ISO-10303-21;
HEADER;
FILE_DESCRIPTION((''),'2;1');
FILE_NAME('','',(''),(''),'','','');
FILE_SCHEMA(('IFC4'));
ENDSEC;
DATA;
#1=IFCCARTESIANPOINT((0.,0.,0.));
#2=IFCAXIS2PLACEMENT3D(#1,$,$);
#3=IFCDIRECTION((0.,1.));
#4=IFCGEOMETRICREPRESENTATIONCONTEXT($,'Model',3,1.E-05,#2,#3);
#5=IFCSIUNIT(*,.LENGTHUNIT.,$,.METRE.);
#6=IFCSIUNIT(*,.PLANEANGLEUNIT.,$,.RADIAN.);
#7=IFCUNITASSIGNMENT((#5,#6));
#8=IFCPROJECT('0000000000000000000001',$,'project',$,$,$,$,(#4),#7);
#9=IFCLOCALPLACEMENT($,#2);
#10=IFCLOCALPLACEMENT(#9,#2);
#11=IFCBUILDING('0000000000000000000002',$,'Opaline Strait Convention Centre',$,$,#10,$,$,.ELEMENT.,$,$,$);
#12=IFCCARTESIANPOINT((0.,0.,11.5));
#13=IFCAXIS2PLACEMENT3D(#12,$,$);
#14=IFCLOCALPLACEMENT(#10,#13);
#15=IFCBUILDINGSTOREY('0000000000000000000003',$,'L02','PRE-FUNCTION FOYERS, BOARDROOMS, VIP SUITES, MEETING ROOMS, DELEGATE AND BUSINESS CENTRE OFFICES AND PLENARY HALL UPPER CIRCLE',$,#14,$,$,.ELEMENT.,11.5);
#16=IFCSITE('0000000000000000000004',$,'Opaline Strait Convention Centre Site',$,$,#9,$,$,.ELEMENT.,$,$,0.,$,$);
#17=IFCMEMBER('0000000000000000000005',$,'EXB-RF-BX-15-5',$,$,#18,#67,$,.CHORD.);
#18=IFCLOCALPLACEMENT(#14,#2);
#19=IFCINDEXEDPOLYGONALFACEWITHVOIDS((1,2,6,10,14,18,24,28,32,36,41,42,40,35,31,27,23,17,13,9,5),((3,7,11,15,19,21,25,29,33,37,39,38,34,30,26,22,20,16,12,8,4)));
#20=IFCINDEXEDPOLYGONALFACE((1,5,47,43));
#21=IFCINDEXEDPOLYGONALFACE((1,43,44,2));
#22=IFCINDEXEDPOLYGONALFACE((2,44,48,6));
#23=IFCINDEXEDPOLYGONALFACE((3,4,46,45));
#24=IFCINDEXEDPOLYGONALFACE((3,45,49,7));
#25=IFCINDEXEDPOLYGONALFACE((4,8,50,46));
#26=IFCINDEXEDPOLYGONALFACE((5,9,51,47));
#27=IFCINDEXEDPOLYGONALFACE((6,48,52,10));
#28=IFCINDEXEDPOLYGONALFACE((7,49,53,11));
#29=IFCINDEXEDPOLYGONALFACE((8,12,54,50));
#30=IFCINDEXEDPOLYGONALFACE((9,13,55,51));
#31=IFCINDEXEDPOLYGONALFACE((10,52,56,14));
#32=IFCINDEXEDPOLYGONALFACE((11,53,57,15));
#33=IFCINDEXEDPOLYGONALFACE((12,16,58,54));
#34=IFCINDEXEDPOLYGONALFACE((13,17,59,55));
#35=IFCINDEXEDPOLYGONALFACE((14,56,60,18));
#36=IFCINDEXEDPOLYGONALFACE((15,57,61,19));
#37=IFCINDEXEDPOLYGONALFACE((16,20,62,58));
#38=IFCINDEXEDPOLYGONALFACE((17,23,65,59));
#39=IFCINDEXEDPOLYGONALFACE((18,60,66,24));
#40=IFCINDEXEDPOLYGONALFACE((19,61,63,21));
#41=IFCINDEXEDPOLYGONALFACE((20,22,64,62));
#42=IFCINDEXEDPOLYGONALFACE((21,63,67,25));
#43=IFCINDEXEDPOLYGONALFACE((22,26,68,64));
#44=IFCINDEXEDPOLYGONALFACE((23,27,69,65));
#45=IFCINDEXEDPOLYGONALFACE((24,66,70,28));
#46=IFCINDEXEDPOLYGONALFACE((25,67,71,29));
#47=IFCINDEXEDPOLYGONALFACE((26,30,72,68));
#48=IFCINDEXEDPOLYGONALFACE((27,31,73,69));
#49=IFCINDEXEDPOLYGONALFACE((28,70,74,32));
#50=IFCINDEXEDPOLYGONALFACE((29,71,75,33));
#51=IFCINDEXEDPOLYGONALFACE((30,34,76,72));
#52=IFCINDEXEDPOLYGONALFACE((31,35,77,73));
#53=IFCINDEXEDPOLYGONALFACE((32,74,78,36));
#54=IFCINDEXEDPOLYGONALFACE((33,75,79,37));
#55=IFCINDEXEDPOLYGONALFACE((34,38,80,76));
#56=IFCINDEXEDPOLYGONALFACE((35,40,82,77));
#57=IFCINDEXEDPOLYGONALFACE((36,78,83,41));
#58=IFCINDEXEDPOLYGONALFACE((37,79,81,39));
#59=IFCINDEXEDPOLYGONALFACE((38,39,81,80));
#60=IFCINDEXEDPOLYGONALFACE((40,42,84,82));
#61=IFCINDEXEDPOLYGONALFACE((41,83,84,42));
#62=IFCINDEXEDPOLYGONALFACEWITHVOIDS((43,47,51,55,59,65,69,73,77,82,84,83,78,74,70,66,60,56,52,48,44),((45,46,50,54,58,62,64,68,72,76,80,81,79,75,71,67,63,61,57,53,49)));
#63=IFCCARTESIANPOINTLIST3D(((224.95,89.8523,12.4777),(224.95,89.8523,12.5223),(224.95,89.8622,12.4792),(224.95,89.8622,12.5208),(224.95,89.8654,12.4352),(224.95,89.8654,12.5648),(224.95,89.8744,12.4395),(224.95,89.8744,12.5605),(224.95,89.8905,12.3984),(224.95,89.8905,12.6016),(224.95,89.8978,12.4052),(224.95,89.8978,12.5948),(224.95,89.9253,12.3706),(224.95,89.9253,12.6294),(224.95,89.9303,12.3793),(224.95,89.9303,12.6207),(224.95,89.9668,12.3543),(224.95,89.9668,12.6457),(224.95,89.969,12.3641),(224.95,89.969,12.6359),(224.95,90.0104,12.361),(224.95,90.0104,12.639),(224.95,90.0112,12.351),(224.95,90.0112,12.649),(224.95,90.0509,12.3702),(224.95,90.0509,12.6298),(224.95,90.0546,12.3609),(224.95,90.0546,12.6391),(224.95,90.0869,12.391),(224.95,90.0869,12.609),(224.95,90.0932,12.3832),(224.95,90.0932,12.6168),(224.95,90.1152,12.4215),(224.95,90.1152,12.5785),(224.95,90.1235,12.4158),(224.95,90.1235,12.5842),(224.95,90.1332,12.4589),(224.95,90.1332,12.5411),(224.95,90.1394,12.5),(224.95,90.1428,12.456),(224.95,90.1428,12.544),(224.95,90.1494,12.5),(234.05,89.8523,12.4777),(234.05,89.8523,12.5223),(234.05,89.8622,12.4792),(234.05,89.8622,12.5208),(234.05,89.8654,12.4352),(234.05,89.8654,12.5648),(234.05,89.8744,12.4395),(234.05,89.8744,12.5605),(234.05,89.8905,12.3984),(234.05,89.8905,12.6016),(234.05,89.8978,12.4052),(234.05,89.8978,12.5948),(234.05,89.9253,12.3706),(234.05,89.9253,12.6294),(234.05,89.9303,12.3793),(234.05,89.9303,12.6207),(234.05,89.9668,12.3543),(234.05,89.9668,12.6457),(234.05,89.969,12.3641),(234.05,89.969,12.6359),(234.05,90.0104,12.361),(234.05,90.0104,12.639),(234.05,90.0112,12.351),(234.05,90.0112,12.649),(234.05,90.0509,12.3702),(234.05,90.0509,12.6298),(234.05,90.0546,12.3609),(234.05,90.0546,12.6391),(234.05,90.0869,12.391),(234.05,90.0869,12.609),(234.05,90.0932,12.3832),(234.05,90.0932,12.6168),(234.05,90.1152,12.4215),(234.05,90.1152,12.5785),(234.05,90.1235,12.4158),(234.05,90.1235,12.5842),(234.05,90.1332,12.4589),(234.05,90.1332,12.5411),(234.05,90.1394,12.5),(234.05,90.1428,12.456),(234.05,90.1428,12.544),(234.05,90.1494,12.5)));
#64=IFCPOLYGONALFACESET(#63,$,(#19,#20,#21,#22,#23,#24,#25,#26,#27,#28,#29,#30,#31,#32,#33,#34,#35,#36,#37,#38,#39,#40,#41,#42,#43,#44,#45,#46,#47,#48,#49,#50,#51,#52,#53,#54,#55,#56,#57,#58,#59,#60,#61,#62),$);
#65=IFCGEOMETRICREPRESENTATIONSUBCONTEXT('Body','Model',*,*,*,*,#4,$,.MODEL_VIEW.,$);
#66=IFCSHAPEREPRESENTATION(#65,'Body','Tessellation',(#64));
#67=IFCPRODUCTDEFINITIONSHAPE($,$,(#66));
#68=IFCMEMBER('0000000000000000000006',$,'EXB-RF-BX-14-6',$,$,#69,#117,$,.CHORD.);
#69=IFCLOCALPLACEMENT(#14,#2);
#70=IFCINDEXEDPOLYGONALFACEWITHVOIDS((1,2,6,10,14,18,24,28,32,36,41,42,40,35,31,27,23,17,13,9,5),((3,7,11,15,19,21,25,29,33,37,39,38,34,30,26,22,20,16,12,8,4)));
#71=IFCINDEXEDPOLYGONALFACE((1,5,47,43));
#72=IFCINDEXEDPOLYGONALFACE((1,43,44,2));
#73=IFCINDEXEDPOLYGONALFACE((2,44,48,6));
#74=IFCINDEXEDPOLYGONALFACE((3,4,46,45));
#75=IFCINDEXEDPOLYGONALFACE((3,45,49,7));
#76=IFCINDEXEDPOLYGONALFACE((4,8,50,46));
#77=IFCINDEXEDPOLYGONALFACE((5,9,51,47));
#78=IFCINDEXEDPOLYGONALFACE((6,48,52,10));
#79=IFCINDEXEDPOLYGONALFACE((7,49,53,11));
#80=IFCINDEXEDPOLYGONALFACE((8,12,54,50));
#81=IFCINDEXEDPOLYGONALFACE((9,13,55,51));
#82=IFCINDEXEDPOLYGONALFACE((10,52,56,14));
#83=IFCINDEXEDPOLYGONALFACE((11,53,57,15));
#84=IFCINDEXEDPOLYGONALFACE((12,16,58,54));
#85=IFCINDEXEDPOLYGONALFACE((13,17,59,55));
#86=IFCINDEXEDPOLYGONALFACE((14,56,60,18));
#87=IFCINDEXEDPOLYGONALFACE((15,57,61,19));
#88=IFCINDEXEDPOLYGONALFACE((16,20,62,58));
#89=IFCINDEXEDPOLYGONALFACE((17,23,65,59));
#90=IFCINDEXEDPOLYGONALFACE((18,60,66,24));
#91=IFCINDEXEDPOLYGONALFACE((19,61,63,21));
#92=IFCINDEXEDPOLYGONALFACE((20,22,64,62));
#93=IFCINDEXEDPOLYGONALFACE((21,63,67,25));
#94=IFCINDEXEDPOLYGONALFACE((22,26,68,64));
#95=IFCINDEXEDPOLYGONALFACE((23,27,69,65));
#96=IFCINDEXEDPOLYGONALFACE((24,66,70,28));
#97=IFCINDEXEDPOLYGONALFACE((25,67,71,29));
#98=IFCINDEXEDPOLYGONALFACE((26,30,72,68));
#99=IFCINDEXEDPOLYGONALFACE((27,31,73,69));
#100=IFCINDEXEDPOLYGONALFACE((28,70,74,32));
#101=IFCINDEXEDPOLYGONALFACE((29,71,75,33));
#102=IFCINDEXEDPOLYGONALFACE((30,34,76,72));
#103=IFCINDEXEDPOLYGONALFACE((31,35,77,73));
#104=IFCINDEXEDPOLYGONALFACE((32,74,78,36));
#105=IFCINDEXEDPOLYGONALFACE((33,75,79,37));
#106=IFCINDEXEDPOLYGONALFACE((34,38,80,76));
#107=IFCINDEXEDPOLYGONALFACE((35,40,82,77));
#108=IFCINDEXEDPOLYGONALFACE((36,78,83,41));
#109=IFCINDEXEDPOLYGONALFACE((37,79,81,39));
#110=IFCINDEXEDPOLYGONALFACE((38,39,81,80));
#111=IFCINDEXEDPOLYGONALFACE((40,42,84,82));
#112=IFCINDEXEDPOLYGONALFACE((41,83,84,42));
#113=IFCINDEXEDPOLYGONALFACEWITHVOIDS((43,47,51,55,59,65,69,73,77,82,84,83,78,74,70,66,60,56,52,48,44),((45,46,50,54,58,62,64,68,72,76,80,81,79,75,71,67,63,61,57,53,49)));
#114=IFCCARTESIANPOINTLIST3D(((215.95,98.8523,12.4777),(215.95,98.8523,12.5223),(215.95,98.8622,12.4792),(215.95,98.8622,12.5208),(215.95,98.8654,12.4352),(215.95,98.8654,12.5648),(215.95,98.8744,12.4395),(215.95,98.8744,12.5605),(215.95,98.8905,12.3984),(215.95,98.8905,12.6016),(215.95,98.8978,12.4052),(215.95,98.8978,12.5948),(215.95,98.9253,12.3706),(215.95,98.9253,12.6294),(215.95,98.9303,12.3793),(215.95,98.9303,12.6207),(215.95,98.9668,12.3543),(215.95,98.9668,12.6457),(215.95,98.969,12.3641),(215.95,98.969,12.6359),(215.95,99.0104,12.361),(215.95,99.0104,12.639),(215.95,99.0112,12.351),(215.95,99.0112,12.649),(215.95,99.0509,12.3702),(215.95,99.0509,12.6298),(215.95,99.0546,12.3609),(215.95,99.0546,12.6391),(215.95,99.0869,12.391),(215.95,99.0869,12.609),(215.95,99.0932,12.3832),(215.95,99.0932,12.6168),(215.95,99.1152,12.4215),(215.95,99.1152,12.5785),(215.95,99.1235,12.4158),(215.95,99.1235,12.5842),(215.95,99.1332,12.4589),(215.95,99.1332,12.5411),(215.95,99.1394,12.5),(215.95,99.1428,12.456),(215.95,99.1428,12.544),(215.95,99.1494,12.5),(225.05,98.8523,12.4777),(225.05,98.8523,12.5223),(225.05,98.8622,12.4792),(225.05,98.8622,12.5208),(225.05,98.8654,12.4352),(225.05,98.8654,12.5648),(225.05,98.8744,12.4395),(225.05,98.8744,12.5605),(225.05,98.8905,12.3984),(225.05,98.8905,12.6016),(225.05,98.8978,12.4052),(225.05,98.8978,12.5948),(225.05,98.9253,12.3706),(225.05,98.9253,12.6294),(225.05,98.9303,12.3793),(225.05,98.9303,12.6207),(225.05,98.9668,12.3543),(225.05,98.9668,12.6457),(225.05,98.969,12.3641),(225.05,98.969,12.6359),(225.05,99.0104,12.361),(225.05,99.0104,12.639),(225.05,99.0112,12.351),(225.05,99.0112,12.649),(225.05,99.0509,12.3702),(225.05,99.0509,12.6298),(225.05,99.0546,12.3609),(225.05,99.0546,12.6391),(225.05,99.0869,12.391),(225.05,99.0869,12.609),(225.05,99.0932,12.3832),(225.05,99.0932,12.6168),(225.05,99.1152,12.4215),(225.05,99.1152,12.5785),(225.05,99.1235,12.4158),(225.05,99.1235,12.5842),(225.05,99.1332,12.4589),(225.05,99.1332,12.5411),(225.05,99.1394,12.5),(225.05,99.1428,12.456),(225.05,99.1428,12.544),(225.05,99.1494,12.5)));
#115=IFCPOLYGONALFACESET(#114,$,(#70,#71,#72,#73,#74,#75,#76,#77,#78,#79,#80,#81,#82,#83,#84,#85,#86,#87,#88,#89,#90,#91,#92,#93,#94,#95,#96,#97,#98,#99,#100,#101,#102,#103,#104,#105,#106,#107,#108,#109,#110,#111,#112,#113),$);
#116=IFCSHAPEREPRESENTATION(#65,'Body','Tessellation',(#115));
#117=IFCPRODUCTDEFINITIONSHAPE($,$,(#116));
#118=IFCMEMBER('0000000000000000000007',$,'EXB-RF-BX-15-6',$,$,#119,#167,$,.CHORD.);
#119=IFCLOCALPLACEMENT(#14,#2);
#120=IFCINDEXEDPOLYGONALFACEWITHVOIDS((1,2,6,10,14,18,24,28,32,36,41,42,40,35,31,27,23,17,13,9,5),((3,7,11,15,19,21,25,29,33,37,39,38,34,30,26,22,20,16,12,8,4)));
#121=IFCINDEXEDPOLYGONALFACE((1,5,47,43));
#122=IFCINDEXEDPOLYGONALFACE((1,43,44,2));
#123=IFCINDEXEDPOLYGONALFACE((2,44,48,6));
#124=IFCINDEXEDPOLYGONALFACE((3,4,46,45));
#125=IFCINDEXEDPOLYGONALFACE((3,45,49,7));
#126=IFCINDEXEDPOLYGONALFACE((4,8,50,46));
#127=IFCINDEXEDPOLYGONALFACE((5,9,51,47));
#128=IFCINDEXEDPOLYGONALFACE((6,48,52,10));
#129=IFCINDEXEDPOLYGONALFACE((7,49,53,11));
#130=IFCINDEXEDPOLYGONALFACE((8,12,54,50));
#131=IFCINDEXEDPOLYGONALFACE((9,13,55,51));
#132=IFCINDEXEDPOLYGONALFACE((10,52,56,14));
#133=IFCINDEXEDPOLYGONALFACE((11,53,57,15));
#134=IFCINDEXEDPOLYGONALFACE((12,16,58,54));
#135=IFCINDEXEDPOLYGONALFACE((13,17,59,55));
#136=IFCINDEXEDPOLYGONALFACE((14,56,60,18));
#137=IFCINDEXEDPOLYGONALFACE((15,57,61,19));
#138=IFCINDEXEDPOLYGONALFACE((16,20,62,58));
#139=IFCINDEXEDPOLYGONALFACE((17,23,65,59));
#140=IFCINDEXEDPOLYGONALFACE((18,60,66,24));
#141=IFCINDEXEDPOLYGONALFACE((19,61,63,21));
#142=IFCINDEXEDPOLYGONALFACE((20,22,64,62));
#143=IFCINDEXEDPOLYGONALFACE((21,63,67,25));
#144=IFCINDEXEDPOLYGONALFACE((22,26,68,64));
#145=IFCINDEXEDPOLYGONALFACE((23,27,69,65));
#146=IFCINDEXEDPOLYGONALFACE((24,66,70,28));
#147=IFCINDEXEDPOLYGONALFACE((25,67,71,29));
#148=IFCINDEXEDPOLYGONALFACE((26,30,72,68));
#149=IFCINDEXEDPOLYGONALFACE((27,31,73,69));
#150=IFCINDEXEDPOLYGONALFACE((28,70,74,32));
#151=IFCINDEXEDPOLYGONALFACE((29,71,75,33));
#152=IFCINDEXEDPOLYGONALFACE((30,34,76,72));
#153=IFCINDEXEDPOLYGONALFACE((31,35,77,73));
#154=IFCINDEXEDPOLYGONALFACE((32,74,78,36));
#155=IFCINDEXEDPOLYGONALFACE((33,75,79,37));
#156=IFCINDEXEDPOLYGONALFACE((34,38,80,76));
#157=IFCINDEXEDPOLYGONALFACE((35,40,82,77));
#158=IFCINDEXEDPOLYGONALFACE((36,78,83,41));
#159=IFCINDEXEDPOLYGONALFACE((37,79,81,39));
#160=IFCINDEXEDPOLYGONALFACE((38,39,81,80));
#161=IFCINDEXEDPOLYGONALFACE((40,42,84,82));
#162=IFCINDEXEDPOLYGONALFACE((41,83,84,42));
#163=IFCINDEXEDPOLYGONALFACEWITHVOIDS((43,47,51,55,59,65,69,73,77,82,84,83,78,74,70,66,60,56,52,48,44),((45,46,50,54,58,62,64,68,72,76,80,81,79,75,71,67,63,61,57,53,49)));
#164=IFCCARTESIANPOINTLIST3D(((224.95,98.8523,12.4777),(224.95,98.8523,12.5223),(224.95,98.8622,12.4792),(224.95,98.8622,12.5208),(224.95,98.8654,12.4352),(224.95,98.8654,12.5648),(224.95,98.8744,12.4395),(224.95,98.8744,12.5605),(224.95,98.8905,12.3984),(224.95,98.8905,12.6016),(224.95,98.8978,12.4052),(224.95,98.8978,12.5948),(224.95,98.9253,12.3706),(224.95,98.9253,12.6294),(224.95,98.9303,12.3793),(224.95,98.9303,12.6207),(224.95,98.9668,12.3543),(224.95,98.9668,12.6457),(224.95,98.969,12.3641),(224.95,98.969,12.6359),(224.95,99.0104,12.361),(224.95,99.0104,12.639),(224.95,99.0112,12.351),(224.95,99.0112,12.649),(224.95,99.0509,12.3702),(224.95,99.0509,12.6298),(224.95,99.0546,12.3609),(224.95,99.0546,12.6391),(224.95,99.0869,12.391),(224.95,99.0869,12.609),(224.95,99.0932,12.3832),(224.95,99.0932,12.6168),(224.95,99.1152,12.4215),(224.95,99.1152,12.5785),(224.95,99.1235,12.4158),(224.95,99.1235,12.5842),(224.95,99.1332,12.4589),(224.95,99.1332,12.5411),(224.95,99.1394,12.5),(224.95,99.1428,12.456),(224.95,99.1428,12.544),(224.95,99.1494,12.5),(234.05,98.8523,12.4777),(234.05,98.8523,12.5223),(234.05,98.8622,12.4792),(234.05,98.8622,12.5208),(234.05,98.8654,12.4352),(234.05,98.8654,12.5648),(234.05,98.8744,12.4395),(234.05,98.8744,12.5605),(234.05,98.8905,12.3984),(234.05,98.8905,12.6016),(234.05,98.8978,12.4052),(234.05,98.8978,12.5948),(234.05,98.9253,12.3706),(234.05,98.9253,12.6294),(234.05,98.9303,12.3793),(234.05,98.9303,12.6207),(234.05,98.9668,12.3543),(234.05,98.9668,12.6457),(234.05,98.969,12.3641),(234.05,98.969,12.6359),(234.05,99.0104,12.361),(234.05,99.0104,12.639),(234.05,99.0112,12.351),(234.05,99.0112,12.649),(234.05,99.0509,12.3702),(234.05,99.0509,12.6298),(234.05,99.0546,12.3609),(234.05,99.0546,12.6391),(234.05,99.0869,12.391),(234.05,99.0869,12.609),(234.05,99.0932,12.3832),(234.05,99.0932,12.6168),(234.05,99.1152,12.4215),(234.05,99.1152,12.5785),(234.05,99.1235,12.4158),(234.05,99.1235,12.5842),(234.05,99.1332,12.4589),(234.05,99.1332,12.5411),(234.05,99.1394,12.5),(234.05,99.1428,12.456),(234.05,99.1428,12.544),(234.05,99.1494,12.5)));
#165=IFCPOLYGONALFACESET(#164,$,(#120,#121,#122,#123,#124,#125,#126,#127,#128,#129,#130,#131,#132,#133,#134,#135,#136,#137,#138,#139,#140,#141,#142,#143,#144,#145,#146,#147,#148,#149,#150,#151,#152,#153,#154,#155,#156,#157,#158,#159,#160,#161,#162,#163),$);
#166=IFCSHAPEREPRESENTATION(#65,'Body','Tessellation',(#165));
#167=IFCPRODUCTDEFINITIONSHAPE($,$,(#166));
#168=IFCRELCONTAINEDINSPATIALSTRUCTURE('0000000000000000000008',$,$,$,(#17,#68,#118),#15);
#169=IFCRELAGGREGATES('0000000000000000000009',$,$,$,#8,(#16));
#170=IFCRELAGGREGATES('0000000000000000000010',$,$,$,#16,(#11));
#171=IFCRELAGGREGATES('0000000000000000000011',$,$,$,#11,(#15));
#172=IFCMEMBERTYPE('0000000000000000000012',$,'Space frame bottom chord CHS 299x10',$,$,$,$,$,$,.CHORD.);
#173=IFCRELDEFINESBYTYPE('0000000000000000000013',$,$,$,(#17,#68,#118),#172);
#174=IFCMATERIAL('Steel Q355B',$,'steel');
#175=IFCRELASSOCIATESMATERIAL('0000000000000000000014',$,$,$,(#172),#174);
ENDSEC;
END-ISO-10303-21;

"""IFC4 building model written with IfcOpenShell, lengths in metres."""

from ifc_helpers import new_model, si_unit, direction, frame, origin, origin_2d, place, context, subcontext, project, spatial, hollow_circle, extrude, material, material_profile, profile_set, type_object, element, save


model = new_model("IFC4")

# Units and contexts
model_context = context("Model", 3, precision=1e-05, world=origin(), true_north=direction((0.0, 1.0)))
body_context = subcontext(model_context, "Body", "Model", "MODEL_VIEW")
ifc_project = project(units=[si_unit("LENGTHUNIT", "METRE"), si_unit("PLANEANGLEUNIT", "RADIAN")], contexts=[model_context])

# Site, building, storey
site_placement = place(None, origin())
site = spatial("IfcSite", under=ifc_project, at=site_placement, Name="Opaline Strait Convention Centre Site", CompositionType="ELEMENT", RefElevation=0.0)
building_placement = place(site_placement, origin())
building = spatial("IfcBuilding", under=site, at=building_placement, Name="Opaline Strait Convention Centre", CompositionType="ELEMENT")
storey_placement = place(building_placement, frame((0.0, 0.0, 11.5)))
storey = spatial("IfcBuildingStorey", under=building, at=storey_placement, Name="L02", Description="PRE-FUNCTION FOYERS, BOARDROOMS, VIP SUITES, MEETING ROOMS, DELEGATE AND BUSINESS CENTRE OFFICES AND PLENARY HALL UPPER CIRCLE", CompositionType="ELEMENT", Elevation=11.5)

# Members
ifc_material = material(Name="Steel Q355B", Category="steel")
ifc_material_profile_1 = material_profile(ifc_material, hollow_circle(Radius=0.1494, WallThickness=0.01, at=origin_2d()), Name="CHS 299x10")
ifc_profile_set_1 = profile_set([ifc_material_profile_1], Name="Steel Q355B")
member_type_1 = type_object("IfcMemberType", Name="Space frame bottom chord CHS 299x10", PredefinedType="CHORD", material=ifc_profile_set_1)
for number, where, z_axis, x_axis, name in (
    (1, (224.95, 90.0, 12.5), (1.0, 0.0, 0.0), (0.0, 1.0, 0.0), "EXB-RF-BX-15-5"),
    (2, (215.95, 99.0, 12.5), (1.0, 0.0, 0.0), (0.0, 1.0, 0.0), "EXB-RF-BX-14-6"),
    (3, (224.95, 99.0, 12.5), (1.0, 0.0, 0.0), (0.0, 1.0, 0.0), "EXB-RF-BX-15-6"),
):
    element("IfcMember", number, at=place(storey_placement, frame(where, z_axis=z_axis, x_axis=x_axis)), inside=storey, type_object=member_type_1, Name=name, PredefinedType="CHORD", context=body_context, shape_type="SweptSolid", body=[
        extrude(hollow_circle(Radius=0.1494, WallThickness=0.01, at=origin_2d()), origin(), (0.0, 0.0, 1.0), 9.1001),
    ])

save(model, "model.ifc")
